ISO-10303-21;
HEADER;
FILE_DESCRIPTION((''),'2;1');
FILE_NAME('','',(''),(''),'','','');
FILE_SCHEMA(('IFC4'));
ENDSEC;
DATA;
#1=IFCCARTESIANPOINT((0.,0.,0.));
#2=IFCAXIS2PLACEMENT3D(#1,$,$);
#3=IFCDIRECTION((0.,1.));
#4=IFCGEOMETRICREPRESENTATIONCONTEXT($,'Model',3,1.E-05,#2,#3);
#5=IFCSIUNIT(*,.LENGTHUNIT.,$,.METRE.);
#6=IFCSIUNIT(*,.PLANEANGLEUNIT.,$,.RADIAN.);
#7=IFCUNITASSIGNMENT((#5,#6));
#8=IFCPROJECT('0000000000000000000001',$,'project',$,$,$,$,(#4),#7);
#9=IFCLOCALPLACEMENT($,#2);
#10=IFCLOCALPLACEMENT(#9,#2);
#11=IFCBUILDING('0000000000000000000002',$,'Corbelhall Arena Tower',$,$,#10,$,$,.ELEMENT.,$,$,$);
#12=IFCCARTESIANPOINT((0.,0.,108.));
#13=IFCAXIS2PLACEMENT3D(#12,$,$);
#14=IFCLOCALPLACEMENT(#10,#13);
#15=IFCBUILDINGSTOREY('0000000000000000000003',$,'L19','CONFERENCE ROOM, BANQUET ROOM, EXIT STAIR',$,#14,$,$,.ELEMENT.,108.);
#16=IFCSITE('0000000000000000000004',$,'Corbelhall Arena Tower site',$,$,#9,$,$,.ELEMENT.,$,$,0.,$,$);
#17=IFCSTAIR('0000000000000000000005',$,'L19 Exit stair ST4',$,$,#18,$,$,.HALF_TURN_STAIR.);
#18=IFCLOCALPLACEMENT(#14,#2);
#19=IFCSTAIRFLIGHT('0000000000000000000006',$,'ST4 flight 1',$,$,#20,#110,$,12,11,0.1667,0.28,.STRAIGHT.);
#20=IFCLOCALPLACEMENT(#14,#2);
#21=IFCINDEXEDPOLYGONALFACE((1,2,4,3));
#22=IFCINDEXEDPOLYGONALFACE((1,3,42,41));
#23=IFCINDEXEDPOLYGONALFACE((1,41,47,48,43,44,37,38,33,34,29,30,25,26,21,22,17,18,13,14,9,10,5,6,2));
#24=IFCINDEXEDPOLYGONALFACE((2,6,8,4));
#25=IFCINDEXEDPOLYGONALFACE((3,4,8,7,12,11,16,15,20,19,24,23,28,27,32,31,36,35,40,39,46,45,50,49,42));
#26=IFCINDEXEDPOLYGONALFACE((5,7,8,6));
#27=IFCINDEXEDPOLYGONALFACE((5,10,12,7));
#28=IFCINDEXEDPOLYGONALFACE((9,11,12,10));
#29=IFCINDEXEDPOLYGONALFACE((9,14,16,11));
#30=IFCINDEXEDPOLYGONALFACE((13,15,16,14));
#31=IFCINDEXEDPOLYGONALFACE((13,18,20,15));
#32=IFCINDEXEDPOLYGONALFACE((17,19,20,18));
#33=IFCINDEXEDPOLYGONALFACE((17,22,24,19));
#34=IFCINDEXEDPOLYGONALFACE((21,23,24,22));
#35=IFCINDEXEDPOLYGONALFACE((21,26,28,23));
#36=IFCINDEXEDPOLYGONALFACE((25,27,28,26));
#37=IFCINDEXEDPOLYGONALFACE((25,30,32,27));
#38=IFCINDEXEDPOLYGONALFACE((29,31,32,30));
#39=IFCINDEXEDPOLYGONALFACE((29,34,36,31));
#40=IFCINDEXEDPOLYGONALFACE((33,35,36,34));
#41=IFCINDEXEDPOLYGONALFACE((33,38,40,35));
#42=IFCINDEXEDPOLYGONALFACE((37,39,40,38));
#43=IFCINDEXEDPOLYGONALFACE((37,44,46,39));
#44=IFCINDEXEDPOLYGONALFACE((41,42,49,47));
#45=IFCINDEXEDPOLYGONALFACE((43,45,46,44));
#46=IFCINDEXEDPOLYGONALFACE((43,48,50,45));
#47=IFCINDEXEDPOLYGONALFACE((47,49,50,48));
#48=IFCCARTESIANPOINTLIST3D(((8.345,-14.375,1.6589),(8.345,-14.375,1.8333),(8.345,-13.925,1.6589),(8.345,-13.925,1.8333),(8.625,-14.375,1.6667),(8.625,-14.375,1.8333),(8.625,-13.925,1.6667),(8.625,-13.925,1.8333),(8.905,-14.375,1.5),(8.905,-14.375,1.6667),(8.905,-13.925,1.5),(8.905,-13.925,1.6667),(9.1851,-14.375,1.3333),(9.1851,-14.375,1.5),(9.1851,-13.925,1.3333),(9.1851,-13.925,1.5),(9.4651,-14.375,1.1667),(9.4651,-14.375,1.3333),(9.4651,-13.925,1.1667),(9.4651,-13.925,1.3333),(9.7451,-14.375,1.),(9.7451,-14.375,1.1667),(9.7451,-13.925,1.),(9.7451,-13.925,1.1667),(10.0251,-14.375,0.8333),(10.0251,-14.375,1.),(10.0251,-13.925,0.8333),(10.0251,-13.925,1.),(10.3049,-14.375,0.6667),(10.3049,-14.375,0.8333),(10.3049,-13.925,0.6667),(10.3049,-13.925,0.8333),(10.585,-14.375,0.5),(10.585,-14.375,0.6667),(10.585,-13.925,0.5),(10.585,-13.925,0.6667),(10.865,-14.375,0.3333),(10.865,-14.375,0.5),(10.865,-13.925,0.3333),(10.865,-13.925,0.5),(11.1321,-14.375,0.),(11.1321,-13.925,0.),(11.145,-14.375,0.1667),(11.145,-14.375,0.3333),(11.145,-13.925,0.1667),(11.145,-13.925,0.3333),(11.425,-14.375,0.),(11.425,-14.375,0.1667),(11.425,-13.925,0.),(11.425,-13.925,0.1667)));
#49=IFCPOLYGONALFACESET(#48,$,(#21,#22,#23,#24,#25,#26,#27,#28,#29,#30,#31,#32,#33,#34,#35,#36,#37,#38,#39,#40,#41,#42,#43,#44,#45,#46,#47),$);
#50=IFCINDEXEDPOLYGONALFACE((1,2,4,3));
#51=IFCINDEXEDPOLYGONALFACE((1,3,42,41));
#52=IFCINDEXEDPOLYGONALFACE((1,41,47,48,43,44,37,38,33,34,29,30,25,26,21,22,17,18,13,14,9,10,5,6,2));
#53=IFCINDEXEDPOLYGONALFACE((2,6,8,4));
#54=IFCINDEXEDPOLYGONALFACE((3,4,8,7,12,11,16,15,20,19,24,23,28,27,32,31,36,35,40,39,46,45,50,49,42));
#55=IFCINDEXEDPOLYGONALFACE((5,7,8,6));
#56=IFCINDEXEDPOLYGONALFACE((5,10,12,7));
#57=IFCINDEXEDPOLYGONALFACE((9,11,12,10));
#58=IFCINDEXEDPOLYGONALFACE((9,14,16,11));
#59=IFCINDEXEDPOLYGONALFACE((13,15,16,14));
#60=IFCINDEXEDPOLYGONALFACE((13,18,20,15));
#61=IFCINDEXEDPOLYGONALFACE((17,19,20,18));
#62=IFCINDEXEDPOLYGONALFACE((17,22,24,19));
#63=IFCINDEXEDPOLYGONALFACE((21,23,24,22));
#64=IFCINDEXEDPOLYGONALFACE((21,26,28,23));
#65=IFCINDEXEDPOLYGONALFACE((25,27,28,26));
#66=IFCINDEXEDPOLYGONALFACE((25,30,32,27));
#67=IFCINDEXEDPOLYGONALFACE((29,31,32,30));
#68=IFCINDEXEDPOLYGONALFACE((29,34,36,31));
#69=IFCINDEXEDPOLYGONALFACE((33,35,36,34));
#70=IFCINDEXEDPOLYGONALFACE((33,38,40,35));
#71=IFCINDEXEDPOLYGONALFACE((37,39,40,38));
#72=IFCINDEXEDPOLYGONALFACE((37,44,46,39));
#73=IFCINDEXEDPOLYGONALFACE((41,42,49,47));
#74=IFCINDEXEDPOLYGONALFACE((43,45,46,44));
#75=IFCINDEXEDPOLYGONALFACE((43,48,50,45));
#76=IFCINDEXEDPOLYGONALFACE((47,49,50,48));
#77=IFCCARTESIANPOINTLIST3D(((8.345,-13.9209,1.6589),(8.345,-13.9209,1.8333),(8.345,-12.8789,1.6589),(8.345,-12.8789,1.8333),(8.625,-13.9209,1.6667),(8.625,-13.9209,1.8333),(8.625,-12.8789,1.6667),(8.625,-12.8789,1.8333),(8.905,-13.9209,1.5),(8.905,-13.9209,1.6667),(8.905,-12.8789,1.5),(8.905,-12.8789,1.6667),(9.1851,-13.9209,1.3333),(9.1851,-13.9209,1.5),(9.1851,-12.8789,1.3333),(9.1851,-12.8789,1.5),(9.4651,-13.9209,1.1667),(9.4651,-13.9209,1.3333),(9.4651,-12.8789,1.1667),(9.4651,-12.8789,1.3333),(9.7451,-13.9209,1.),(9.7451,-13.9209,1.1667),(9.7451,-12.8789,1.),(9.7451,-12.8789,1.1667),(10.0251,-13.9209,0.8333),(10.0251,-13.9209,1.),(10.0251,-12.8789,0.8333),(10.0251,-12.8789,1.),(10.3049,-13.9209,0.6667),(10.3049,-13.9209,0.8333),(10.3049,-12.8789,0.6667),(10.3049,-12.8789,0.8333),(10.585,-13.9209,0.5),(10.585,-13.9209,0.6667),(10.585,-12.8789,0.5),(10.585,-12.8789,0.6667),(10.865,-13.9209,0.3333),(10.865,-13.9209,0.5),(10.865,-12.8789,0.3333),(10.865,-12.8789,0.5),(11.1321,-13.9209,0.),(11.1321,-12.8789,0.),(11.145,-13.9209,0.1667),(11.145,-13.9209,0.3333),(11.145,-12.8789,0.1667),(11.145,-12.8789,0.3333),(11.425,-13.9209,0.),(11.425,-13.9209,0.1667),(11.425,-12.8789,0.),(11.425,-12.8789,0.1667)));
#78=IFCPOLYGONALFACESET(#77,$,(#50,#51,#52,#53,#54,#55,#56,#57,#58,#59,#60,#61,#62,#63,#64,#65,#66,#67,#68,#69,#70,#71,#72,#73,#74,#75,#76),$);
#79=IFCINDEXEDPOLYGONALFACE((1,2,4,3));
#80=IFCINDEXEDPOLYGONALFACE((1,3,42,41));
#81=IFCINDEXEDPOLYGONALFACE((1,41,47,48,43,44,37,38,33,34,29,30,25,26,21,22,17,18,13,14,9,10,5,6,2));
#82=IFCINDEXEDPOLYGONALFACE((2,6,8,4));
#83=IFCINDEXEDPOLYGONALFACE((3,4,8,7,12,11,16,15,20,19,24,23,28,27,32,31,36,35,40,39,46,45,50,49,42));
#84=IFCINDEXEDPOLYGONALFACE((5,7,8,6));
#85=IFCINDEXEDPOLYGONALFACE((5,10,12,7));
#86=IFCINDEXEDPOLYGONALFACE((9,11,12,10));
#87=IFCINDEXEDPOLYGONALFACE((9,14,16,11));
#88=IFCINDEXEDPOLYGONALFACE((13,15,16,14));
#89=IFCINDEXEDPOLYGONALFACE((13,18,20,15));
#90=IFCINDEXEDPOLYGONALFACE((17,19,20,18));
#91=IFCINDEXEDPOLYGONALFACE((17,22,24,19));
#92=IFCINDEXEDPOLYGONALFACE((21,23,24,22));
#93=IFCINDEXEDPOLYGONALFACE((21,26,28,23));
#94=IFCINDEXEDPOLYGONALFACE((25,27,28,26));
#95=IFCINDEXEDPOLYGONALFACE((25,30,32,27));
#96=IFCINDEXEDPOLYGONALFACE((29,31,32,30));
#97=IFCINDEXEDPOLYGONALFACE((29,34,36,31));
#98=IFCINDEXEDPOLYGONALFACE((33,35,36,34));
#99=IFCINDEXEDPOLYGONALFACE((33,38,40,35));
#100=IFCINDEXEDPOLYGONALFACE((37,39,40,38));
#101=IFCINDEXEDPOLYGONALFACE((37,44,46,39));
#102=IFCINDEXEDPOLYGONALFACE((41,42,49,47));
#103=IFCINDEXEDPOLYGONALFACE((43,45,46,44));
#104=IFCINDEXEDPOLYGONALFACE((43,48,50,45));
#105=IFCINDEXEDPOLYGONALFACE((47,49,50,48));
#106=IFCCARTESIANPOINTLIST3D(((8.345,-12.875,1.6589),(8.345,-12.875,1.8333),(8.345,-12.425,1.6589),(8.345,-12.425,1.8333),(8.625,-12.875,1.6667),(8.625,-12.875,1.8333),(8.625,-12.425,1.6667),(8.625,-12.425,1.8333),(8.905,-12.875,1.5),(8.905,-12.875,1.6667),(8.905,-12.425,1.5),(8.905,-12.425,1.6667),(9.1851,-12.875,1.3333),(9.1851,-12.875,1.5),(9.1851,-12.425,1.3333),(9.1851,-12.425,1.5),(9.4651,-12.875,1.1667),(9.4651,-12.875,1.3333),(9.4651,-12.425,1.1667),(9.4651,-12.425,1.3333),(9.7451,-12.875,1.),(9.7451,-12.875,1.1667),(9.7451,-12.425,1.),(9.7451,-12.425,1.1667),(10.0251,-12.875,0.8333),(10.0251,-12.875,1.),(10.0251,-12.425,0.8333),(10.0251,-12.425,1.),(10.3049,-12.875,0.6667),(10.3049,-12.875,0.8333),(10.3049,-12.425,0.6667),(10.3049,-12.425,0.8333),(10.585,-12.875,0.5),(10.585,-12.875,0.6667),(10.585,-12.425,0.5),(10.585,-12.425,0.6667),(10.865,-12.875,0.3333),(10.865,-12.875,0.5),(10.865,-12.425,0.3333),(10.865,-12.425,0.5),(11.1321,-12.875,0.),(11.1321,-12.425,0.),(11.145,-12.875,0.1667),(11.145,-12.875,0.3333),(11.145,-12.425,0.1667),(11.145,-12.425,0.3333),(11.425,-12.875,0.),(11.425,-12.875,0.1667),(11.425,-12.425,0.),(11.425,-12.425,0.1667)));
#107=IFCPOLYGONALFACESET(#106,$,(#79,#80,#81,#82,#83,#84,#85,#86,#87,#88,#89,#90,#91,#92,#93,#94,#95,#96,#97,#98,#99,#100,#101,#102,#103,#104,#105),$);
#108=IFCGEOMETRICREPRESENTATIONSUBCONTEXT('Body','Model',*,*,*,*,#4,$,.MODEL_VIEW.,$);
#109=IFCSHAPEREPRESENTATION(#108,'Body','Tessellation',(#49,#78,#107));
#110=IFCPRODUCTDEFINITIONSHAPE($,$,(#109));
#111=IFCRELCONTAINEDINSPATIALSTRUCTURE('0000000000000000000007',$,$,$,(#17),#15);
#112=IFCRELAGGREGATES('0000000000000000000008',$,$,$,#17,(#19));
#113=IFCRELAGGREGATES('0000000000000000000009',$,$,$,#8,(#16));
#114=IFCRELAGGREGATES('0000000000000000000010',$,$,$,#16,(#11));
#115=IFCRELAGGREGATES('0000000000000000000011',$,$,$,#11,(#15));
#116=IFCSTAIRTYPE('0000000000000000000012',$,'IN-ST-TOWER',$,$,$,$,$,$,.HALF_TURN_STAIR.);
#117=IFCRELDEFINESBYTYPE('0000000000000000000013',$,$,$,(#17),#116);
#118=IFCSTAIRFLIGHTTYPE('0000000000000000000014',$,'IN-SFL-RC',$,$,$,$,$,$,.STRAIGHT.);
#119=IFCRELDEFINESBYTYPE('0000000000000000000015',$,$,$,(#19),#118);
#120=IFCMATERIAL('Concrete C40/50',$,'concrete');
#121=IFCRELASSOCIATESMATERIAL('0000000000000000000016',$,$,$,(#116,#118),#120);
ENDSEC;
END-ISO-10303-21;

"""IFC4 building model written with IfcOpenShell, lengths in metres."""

from ifc_helpers import new_model, si_unit, direction, frame, origin, place, context, subcontext, project, spatial, polyline, outline, extrude, material, type_object, element, aggregate, save


model = new_model("IFC4")

# Units and contexts
model_context = context("Model", 3, precision=1e-05, world=origin(), true_north=direction((0.0, 1.0)))
body_context = subcontext(model_context, "Body", "Model", "MODEL_VIEW")
ifc_project = project(units=[si_unit("LENGTHUNIT", "METRE"), si_unit("PLANEANGLEUNIT", "RADIAN")], contexts=[model_context])

# Site, building, storey
site_placement = place(None, origin())
site = spatial("IfcSite", under=ifc_project, at=site_placement, Name="Corbelhall Arena Tower site", CompositionType="ELEMENT", RefElevation=0.0)
building_placement = place(site_placement, origin())
building = spatial("IfcBuilding", under=site, at=building_placement, Name="Corbelhall Arena Tower", CompositionType="ELEMENT")
storey_placement = place(building_placement, frame((0.0, 0.0, 108.0)))
storey = spatial("IfcBuildingStorey", under=building, at=storey_placement, Name="L19", Description="CONFERENCE ROOM, BANQUET ROOM, EXIT STAIR", CompositionType="ELEMENT", Elevation=108.0)

# Shared definitions
ifc_material_1 = material(Name="Concrete C40/50", Category="concrete")

# Stair, stair flight
stair_type = type_object("IfcStairType", Name="IN-ST-TOWER", PredefinedType="HALF_TURN_STAIR", material=ifc_material_1)
stair_placement = place(storey_placement, origin())
stair = element("IfcStair", 1, at=stair_placement, inside=storey, type_object=stair_type, Name="L19 Exit stair ST4", PredefinedType="HALF_TURN_STAIR")
stair_flight_type = type_object("IfcStairFlightType", Name="IN-SFL-RC", PredefinedType="STRAIGHT", material=ifc_material_1)
stair_flight_placement = place(storey_placement, frame((11.425, -13.3999, 0.0), z_axis=(0.0, 0.0, 1.0), x_axis=(-1.0, 0.0, 0.0)))
stair_flight = element("IfcStairFlight", 2, at=stair_flight_placement, type_object=stair_flight_type, Name="ST4 flight 1", NumberOfRisers=12, NumberOfTreads=11, PredefinedType="STRAIGHT", RiserHeight=0.1667, TreadLength=0.28, context=body_context, shape_type="SweptSolid", body=[
    extrude(outline(polyline([(0.0, 0.0), (0.0, 0.1667), (0.28, 0.1667), (0.28, 0.3333), (0.5601, 0.3333), (0.5601, 0.5), (0.8401, 0.5), (0.8401, 0.6667), (1.1201, 0.6667), (1.1201, 0.8333), (1.3999, 0.8333), (1.3999, 1.0), (1.6799, 1.0), (1.6799, 1.1667), (1.96, 1.1667), (1.96, 1.3333), (2.24, 1.3333), (2.24, 1.5), (2.52, 1.5), (2.52, 1.6667), (2.8, 1.6667), (2.8, 1.8333), (3.0801, 1.8333), (3.0801, 2.0), (3.0801, 1.6589), (0.293, 0.0), (0.0, 0.0)])), frame((0.0, 0.9751, 0.0), z_axis=(0.0, -1.0, 0.0), x_axis=(1.0, 0.0, 0.0)), (0.0, 0.0, 1.0), 0.45),
    extrude(outline(polyline([(0.0, 0.0), (0.0, 0.1667), (0.28, 0.1667), (0.28, 0.3333), (0.5601, 0.3333), (0.5601, 0.5), (0.8401, 0.5), (0.8401, 0.6667), (1.1201, 0.6667), (1.1201, 0.8333), (1.3999, 0.8333), (1.3999, 1.0), (1.6799, 1.0), (1.6799, 1.1667), (1.96, 1.1667), (1.96, 1.3333), (2.24, 1.3333), (2.24, 1.5), (2.52, 1.5), (2.52, 1.6667), (2.8, 1.6667), (2.8, 1.8333), (3.0801, 1.8333), (3.0801, 2.0), (3.0801, 1.6589), (0.293, 0.0), (0.0, 0.0)])), frame((0.0, 0.521, 0.0), z_axis=(0.0, -1.0, 0.0), x_axis=(1.0, 0.0, 0.0)), (0.0, 0.0, 1.0), 1.042),
    extrude(outline(polyline([(0.0, 0.0), (0.0, 0.1667), (0.28, 0.1667), (0.28, 0.3333), (0.5601, 0.3333), (0.5601, 0.5), (0.8401, 0.5), (0.8401, 0.6667), (1.1201, 0.6667), (1.1201, 0.8333), (1.3999, 0.8333), (1.3999, 1.0), (1.6799, 1.0), (1.6799, 1.1667), (1.96, 1.1667), (1.96, 1.3333), (2.24, 1.3333), (2.24, 1.5), (2.52, 1.5), (2.52, 1.6667), (2.8, 1.6667), (2.8, 1.8333), (3.0801, 1.8333), (3.0801, 2.0), (3.0801, 1.6589), (0.293, 0.0), (0.0, 0.0)])), frame((0.0, -0.5249, 0.0), z_axis=(0.0, -1.0, 0.0), x_axis=(1.0, 0.0, 0.0)), (0.0, 0.0, 1.0), 0.45),
])
aggregate(stair, [stair_flight])

save(model, "model.ifc")
